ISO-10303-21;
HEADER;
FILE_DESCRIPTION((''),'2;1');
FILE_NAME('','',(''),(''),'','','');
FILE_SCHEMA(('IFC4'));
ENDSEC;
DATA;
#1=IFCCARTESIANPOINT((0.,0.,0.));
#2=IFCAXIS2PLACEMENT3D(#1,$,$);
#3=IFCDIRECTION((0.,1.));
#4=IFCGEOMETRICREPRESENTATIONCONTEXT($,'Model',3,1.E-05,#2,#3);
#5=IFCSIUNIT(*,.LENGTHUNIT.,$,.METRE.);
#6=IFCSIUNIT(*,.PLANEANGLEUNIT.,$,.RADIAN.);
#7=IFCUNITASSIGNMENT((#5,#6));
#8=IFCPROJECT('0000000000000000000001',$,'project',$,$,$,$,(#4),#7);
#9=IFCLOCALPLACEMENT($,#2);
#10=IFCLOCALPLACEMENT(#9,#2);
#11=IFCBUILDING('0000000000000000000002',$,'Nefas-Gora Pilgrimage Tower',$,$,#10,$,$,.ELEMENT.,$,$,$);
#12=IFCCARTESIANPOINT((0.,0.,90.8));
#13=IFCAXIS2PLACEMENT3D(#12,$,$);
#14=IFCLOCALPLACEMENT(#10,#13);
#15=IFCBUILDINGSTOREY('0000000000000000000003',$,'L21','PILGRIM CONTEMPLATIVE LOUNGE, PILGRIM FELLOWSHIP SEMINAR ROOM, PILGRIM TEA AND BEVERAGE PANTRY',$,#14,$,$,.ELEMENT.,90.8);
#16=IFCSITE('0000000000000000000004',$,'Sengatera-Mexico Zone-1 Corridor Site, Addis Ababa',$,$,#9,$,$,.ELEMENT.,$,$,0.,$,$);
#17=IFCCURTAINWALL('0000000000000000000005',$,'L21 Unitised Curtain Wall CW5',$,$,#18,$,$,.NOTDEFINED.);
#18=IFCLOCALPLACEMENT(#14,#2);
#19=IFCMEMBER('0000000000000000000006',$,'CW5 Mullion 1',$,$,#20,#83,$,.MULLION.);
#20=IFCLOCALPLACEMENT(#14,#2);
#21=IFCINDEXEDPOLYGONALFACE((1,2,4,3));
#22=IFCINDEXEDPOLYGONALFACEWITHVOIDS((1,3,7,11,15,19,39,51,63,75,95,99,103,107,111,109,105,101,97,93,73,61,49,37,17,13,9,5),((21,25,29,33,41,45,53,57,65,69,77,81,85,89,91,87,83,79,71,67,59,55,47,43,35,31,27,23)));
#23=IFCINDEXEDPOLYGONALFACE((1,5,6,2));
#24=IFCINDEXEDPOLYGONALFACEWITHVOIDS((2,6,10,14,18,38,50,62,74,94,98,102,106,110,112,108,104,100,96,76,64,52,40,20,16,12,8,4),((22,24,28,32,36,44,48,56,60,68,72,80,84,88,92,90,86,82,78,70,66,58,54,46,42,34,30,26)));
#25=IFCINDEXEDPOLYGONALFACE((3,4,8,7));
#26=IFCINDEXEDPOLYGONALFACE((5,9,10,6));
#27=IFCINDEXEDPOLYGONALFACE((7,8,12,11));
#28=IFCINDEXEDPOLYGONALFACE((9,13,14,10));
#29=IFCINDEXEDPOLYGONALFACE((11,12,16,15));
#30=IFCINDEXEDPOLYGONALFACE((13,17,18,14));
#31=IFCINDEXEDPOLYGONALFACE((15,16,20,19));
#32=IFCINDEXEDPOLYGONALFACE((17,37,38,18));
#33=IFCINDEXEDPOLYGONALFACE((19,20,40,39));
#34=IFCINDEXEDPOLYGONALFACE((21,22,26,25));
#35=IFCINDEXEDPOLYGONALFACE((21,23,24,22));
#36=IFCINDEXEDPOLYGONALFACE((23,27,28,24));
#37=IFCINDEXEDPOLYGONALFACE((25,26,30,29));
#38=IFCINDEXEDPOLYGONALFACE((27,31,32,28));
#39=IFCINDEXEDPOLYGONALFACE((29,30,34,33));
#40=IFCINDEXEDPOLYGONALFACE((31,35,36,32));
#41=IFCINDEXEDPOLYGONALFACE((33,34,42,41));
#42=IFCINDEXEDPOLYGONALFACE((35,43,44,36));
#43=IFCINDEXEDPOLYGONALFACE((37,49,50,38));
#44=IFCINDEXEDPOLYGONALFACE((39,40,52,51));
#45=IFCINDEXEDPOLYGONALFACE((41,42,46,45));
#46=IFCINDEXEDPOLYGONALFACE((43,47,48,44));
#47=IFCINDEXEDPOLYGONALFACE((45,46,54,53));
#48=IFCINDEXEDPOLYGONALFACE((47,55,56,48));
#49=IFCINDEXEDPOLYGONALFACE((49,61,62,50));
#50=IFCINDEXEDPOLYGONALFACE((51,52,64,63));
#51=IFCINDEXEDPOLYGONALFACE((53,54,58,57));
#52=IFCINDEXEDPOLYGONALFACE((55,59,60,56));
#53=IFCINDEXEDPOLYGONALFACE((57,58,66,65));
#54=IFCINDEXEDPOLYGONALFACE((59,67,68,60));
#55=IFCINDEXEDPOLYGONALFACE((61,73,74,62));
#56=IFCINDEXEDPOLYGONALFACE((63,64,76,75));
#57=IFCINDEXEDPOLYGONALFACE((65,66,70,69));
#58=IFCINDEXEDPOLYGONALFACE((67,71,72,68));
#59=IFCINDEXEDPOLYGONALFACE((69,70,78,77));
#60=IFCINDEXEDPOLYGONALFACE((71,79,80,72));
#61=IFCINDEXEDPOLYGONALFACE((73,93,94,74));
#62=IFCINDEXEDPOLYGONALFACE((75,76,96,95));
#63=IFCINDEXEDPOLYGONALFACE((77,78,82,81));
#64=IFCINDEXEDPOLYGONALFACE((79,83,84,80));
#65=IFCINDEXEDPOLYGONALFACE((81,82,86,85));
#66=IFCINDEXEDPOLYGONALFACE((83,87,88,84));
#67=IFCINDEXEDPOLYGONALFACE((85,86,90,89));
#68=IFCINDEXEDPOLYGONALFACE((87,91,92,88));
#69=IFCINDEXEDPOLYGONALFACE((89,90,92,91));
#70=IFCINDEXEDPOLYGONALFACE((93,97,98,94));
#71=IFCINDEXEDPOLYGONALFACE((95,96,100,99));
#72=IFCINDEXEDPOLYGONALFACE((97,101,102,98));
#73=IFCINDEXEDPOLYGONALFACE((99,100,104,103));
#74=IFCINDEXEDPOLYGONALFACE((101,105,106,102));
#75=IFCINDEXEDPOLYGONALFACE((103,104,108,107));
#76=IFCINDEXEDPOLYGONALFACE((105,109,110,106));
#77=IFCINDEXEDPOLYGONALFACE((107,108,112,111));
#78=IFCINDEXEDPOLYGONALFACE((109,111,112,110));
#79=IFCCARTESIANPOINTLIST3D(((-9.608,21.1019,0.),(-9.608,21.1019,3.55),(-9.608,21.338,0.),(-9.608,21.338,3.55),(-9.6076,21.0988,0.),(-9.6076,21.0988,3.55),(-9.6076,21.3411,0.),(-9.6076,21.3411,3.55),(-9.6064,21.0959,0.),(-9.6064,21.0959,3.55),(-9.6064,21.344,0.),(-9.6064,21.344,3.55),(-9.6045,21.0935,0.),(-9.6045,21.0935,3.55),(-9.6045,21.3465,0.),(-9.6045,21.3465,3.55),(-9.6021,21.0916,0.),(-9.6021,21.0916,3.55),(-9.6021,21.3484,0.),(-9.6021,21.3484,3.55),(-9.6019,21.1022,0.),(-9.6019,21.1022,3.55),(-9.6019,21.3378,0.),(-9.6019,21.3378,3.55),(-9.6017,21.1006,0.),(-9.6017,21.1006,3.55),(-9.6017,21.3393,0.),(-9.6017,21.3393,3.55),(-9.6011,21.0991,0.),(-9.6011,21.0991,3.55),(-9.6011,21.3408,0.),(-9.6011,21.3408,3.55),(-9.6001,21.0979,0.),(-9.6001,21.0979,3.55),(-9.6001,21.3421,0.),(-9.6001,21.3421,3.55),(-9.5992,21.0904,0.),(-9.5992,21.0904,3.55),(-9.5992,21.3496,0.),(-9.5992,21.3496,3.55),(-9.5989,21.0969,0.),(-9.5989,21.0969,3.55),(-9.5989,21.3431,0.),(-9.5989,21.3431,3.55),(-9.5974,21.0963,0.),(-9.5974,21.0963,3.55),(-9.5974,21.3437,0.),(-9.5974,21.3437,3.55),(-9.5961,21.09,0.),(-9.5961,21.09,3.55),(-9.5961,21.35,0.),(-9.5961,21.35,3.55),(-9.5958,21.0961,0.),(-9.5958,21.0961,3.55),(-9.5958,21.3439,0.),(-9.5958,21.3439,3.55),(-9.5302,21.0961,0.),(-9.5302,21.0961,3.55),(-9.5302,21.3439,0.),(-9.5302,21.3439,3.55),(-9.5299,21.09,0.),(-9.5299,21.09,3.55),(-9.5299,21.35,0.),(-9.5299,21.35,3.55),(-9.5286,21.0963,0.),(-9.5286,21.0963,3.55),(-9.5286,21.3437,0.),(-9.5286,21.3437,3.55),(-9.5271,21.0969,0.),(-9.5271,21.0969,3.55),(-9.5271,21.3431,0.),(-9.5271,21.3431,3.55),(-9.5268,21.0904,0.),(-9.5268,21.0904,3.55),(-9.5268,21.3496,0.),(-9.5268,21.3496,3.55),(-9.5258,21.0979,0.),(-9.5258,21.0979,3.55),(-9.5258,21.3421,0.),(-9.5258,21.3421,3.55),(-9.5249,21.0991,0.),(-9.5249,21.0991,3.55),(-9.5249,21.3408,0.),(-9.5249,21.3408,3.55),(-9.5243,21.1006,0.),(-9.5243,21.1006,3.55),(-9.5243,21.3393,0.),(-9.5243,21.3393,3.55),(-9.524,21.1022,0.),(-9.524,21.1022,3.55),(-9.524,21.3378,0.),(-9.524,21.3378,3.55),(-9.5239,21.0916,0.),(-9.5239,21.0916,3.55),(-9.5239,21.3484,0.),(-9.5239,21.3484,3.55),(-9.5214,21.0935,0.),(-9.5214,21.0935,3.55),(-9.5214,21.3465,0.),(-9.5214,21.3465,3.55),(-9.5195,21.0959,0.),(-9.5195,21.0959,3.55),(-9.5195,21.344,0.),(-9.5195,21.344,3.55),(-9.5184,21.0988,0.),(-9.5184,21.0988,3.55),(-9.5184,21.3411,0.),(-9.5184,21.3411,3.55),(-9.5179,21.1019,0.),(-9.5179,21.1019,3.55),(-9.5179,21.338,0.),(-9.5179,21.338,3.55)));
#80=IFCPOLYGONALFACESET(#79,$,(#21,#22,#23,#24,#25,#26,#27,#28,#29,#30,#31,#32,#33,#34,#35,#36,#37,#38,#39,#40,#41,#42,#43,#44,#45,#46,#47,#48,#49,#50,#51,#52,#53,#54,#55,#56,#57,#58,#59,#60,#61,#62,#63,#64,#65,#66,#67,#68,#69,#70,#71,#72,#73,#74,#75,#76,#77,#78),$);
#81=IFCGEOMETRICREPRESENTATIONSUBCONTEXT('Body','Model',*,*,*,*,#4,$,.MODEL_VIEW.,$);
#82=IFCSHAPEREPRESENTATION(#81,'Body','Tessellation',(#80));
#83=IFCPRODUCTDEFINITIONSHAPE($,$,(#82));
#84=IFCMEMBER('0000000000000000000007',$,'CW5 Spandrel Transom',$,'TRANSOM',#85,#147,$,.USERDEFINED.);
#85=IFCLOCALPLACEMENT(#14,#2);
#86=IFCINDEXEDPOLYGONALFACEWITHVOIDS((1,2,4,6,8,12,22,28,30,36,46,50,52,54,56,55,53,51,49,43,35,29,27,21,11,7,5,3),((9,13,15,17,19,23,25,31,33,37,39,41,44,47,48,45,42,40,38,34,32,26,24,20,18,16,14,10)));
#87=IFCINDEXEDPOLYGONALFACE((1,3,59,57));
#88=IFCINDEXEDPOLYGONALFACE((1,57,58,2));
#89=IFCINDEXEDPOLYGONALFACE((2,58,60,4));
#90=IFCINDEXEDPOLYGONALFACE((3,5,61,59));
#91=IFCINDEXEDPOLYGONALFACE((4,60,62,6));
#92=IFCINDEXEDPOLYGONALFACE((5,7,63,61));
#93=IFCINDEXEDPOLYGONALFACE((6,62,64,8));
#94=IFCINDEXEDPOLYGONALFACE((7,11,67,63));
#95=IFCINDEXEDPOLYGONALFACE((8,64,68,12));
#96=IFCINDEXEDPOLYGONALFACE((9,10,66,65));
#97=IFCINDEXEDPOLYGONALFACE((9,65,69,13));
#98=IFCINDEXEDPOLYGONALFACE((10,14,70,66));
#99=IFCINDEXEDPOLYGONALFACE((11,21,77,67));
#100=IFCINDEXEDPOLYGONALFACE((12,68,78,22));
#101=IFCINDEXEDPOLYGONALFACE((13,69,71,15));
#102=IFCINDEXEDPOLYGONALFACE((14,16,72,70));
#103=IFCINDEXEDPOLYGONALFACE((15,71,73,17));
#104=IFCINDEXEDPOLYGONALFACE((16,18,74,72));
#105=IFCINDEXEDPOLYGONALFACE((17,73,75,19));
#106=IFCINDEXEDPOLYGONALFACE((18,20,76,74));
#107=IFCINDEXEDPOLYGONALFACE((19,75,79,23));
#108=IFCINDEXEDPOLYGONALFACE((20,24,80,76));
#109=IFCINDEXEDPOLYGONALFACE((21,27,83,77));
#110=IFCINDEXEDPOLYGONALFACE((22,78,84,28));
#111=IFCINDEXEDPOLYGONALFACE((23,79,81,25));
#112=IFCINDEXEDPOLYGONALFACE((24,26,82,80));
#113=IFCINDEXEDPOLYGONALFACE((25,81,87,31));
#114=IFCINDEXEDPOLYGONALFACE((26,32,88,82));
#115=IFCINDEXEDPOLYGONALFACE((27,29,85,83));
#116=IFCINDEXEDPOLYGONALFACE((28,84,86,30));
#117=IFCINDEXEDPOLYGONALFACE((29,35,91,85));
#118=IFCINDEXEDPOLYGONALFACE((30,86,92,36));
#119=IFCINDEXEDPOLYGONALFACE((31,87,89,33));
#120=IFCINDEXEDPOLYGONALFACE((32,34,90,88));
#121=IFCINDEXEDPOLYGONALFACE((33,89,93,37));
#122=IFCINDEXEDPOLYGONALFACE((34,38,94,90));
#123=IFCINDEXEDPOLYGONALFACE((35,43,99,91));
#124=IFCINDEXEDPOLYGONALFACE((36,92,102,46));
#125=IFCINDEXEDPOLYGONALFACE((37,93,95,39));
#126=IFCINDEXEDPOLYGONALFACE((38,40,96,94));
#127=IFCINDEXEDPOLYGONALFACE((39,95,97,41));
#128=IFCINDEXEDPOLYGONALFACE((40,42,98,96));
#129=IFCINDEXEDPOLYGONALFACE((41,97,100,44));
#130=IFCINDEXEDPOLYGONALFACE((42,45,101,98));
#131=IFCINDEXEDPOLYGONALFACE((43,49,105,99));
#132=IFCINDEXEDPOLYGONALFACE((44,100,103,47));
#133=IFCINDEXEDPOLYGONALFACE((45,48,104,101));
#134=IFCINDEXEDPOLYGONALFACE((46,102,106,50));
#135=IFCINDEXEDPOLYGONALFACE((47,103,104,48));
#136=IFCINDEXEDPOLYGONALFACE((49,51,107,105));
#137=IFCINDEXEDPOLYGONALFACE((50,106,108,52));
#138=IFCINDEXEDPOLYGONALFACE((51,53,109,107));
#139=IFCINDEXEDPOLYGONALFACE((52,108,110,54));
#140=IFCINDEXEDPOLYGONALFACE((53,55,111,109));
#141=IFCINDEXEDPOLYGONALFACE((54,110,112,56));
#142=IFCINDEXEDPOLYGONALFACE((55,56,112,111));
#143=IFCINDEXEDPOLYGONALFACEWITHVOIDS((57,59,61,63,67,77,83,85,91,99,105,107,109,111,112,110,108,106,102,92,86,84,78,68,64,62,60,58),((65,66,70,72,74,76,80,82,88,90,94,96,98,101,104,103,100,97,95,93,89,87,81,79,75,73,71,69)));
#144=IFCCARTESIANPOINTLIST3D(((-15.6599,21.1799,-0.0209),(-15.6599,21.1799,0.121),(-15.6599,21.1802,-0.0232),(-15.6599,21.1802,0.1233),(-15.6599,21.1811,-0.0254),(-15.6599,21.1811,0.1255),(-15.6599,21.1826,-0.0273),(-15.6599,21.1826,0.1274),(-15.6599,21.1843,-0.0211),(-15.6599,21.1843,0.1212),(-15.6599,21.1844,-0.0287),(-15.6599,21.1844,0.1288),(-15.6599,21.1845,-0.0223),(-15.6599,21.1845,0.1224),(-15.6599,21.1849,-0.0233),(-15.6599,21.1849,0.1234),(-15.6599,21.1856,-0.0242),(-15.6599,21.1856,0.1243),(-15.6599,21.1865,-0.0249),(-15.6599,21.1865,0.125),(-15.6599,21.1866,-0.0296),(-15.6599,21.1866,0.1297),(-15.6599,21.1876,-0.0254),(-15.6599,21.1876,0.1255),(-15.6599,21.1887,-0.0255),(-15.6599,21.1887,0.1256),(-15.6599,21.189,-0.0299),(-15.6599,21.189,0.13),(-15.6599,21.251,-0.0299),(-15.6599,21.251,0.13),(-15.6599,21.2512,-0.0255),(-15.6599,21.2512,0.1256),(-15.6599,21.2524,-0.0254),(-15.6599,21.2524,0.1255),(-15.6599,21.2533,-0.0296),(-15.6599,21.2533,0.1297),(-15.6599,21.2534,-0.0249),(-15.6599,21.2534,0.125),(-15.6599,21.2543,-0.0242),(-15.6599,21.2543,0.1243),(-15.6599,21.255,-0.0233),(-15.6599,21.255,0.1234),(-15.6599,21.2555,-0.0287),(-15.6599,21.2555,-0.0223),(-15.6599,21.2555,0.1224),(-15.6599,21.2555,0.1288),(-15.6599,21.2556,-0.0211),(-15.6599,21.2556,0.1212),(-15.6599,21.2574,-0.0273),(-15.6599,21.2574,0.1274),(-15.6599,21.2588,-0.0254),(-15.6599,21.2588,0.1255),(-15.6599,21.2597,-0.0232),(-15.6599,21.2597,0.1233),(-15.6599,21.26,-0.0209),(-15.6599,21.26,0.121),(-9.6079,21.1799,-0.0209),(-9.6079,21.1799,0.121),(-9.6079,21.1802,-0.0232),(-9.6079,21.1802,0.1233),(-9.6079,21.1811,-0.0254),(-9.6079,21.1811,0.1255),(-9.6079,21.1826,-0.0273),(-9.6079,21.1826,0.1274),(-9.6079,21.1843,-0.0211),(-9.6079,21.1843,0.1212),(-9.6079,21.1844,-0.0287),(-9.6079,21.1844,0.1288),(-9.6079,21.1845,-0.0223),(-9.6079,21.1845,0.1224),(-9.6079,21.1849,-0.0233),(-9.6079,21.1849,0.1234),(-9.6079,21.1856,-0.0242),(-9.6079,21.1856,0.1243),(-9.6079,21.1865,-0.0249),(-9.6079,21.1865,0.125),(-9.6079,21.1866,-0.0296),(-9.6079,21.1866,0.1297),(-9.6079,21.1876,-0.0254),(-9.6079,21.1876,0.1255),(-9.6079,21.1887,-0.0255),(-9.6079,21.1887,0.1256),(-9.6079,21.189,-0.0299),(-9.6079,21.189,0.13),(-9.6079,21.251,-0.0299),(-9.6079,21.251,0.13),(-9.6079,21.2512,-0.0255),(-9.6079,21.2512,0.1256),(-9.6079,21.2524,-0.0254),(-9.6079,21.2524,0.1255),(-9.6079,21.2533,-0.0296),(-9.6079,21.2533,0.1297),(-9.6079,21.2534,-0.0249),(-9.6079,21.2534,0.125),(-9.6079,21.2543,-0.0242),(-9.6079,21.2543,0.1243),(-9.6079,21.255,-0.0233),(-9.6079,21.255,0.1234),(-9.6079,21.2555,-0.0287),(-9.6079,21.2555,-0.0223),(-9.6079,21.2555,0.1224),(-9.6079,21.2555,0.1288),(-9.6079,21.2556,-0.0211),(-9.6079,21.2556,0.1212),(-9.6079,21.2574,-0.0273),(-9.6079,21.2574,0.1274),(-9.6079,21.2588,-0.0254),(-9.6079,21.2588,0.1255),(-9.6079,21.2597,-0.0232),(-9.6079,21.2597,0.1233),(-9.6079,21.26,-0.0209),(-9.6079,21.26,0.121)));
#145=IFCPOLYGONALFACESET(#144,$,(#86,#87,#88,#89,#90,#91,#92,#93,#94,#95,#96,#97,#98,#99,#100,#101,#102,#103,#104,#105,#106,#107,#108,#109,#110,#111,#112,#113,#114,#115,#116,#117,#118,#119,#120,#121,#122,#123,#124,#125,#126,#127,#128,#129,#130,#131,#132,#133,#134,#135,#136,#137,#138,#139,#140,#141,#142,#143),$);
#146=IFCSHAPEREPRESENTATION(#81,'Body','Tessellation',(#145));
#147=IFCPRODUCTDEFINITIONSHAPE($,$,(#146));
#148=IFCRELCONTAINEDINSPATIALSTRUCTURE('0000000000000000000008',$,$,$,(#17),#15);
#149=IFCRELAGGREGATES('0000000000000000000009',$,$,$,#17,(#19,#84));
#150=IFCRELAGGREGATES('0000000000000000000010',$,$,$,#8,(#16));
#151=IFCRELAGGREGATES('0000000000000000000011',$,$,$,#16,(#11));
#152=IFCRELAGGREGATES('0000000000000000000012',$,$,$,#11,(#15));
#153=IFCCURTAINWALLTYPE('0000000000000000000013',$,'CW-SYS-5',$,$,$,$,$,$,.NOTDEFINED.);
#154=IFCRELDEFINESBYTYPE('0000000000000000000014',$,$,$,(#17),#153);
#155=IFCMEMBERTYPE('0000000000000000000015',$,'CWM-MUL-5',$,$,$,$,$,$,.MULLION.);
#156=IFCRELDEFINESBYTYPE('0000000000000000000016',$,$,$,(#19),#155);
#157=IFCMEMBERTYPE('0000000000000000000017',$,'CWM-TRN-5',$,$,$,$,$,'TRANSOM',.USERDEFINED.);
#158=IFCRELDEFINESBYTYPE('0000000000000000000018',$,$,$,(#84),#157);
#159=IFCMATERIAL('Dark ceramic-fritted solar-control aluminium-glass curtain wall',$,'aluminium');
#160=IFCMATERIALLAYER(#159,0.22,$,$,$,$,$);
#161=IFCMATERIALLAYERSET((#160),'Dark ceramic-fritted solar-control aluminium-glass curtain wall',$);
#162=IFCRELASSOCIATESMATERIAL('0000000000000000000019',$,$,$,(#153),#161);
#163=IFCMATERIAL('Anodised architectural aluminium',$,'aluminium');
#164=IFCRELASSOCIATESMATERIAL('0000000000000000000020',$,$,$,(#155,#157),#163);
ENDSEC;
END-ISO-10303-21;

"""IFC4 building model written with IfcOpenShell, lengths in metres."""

from ifc_helpers import new_model, si_unit, direction, frame, origin, origin_2d, place, context, subcontext, project, spatial, hollow_rectangle, extrude, source, transform, mapped, material, layer, layer_set, material_profile, profile_set, type_object, element, aggregate, save


model = new_model("IFC4")

# Units and contexts
model_context = context("Model", 3, precision=1e-05, world=origin(), true_north=direction((0.0, 1.0)))
body_context = subcontext(model_context, "Body", "Model", "MODEL_VIEW")
ifc_project = project(units=[si_unit("LENGTHUNIT", "METRE"), si_unit("PLANEANGLEUNIT", "RADIAN")], contexts=[model_context])

# Site, building, storey
site_placement = place(None, origin())
site = spatial("IfcSite", under=ifc_project, at=site_placement, Name="Sengatera-Mexico Zone-1 Corridor Site, Addis Ababa", CompositionType="ELEMENT", RefElevation=0.0)
building_placement = place(site_placement, origin())
building = spatial("IfcBuilding", under=site, at=building_placement, Name="Nefas-Gora Pilgrimage Tower", CompositionType="ELEMENT")
storey_placement = place(building_placement, frame((0.0, 0.0, 90.8)))
storey = spatial("IfcBuildingStorey", under=building, at=storey_placement, Name="L21", Description="PILGRIM CONTEMPLATIVE LOUNGE, PILGRIM FELLOWSHIP SEMINAR ROOM, PILGRIM TEA AND BEVERAGE PANTRY", CompositionType="ELEMENT", Elevation=90.8)

# Curtain wall, members
ifc_material_1 = material(Name="Dark ceramic-fritted solar-control aluminium-glass curtain wall", Category="aluminium")
ifc_layer_1 = layer(ifc_material_1, 0.22)
ifc_layer_set_1 = layer_set([ifc_layer_1], Name="Dark ceramic-fritted solar-control aluminium-glass curtain wall")
curtain_wall_type = type_object("IfcCurtainWallType", Name="CW-SYS-5", PredefinedType="NOTDEFINED", material=ifc_layer_set_1)
ifc_material_2 = material(Name="Anodised architectural aluminium", Category="aluminium")
ifc_material_profile_1 = material_profile(ifc_material_2, hollow_rectangle(XDim=0.0901, YDim=0.26, WallThickness=0.0061, InnerFilletRadius=0.0061, OuterFilletRadius=0.012, at=origin_2d()), Name="ALU MULLION 90x260")
ifc_profile_set_1 = profile_set([ifc_material_profile_1], Name="Anodised architectural aluminium")
member_type_1 = type_object("IfcMemberType", Name="CWM-MUL-5", PredefinedType="MULLION", material=ifc_profile_set_1)
shared_shape_1 = source(origin(), body_context, "Body", "SweptSolid", [
    extrude(hollow_rectangle(XDim=0.0901, YDim=0.26, WallThickness=0.0061, InnerFilletRadius=0.0061, OuterFilletRadius=0.012, at=origin_2d()), origin(), (0.0, 0.0, 1.0), 3.55),
])
curtain_wall_1_placement = place(storey_placement, origin())
curtain_wall_1 = element("IfcCurtainWall", 1, at=curtain_wall_1_placement, inside=storey, type_object=curtain_wall_type, Name="L21 Unitised Curtain Wall CW5", PredefinedType="NOTDEFINED")
member_1_placement = place(storey_placement, frame((-9.563, 21.22, 0.0), z_axis=(0.0, 0.0, 1.0), x_axis=(-1.0, 0.0, 0.0)))
member_1 = element("IfcMember", 2, at=member_1_placement, type_object=member_type_1, Name="CW5 Mullion 1", PredefinedType="MULLION", context=body_context, shape_type="MappedRepresentation", body=[
    mapped(shared_shape_1, transform((0.0, 0.0, 0.0), x_axis=(1.0, 0.0, 0.0), y_axis=(0.0, 1.0, 0.0), z_axis=(0.0, 0.0, 1.0), scale=1.0)),
])
ifc_material_profile_2 = material_profile(ifc_material_2, hollow_rectangle(XDim=0.0801, YDim=0.1599, WallThickness=0.0044, InnerFilletRadius=0.0044, OuterFilletRadius=0.009, at=origin_2d()), Name="ALU TRANSOM 80x160")
ifc_profile_set_2 = profile_set([ifc_material_profile_2], Name="Anodised architectural aluminium")
member_type_2 = type_object("IfcMemberType", Name="CWM-TRN-5", ElementType="TRANSOM", PredefinedType="USERDEFINED", material=ifc_profile_set_2)
shared_shape_2 = source(origin(), body_context, "Body", "SweptSolid", [
    extrude(hollow_rectangle(XDim=0.0801, YDim=0.1599, WallThickness=0.0044, InnerFilletRadius=0.0044, OuterFilletRadius=0.009, at=origin_2d()), origin(), (0.0, 0.0, 1.0), 6.052),
])
member_2_placement = place(storey_placement, frame((-9.6079, 21.22, 0.05), z_axis=(-1.0, 0.0, 0.0), x_axis=(0.0, -1.0, 0.0)))
member_2 = element("IfcMember", 3, at=member_2_placement, type_object=member_type_2, Name="CW5 Spandrel Transom", ObjectType="TRANSOM", PredefinedType="USERDEFINED", context=body_context, shape_type="MappedRepresentation", body=[
    mapped(shared_shape_2, transform((0.0, 0.0, 0.0), x_axis=(1.0, 0.0, 0.0), y_axis=(0.0, 1.0, 0.0), z_axis=(0.0, 0.0, 1.0), scale=1.0)),
])
aggregate(curtain_wall_1, [member_1, member_2])

save(model, "model.ifc")
